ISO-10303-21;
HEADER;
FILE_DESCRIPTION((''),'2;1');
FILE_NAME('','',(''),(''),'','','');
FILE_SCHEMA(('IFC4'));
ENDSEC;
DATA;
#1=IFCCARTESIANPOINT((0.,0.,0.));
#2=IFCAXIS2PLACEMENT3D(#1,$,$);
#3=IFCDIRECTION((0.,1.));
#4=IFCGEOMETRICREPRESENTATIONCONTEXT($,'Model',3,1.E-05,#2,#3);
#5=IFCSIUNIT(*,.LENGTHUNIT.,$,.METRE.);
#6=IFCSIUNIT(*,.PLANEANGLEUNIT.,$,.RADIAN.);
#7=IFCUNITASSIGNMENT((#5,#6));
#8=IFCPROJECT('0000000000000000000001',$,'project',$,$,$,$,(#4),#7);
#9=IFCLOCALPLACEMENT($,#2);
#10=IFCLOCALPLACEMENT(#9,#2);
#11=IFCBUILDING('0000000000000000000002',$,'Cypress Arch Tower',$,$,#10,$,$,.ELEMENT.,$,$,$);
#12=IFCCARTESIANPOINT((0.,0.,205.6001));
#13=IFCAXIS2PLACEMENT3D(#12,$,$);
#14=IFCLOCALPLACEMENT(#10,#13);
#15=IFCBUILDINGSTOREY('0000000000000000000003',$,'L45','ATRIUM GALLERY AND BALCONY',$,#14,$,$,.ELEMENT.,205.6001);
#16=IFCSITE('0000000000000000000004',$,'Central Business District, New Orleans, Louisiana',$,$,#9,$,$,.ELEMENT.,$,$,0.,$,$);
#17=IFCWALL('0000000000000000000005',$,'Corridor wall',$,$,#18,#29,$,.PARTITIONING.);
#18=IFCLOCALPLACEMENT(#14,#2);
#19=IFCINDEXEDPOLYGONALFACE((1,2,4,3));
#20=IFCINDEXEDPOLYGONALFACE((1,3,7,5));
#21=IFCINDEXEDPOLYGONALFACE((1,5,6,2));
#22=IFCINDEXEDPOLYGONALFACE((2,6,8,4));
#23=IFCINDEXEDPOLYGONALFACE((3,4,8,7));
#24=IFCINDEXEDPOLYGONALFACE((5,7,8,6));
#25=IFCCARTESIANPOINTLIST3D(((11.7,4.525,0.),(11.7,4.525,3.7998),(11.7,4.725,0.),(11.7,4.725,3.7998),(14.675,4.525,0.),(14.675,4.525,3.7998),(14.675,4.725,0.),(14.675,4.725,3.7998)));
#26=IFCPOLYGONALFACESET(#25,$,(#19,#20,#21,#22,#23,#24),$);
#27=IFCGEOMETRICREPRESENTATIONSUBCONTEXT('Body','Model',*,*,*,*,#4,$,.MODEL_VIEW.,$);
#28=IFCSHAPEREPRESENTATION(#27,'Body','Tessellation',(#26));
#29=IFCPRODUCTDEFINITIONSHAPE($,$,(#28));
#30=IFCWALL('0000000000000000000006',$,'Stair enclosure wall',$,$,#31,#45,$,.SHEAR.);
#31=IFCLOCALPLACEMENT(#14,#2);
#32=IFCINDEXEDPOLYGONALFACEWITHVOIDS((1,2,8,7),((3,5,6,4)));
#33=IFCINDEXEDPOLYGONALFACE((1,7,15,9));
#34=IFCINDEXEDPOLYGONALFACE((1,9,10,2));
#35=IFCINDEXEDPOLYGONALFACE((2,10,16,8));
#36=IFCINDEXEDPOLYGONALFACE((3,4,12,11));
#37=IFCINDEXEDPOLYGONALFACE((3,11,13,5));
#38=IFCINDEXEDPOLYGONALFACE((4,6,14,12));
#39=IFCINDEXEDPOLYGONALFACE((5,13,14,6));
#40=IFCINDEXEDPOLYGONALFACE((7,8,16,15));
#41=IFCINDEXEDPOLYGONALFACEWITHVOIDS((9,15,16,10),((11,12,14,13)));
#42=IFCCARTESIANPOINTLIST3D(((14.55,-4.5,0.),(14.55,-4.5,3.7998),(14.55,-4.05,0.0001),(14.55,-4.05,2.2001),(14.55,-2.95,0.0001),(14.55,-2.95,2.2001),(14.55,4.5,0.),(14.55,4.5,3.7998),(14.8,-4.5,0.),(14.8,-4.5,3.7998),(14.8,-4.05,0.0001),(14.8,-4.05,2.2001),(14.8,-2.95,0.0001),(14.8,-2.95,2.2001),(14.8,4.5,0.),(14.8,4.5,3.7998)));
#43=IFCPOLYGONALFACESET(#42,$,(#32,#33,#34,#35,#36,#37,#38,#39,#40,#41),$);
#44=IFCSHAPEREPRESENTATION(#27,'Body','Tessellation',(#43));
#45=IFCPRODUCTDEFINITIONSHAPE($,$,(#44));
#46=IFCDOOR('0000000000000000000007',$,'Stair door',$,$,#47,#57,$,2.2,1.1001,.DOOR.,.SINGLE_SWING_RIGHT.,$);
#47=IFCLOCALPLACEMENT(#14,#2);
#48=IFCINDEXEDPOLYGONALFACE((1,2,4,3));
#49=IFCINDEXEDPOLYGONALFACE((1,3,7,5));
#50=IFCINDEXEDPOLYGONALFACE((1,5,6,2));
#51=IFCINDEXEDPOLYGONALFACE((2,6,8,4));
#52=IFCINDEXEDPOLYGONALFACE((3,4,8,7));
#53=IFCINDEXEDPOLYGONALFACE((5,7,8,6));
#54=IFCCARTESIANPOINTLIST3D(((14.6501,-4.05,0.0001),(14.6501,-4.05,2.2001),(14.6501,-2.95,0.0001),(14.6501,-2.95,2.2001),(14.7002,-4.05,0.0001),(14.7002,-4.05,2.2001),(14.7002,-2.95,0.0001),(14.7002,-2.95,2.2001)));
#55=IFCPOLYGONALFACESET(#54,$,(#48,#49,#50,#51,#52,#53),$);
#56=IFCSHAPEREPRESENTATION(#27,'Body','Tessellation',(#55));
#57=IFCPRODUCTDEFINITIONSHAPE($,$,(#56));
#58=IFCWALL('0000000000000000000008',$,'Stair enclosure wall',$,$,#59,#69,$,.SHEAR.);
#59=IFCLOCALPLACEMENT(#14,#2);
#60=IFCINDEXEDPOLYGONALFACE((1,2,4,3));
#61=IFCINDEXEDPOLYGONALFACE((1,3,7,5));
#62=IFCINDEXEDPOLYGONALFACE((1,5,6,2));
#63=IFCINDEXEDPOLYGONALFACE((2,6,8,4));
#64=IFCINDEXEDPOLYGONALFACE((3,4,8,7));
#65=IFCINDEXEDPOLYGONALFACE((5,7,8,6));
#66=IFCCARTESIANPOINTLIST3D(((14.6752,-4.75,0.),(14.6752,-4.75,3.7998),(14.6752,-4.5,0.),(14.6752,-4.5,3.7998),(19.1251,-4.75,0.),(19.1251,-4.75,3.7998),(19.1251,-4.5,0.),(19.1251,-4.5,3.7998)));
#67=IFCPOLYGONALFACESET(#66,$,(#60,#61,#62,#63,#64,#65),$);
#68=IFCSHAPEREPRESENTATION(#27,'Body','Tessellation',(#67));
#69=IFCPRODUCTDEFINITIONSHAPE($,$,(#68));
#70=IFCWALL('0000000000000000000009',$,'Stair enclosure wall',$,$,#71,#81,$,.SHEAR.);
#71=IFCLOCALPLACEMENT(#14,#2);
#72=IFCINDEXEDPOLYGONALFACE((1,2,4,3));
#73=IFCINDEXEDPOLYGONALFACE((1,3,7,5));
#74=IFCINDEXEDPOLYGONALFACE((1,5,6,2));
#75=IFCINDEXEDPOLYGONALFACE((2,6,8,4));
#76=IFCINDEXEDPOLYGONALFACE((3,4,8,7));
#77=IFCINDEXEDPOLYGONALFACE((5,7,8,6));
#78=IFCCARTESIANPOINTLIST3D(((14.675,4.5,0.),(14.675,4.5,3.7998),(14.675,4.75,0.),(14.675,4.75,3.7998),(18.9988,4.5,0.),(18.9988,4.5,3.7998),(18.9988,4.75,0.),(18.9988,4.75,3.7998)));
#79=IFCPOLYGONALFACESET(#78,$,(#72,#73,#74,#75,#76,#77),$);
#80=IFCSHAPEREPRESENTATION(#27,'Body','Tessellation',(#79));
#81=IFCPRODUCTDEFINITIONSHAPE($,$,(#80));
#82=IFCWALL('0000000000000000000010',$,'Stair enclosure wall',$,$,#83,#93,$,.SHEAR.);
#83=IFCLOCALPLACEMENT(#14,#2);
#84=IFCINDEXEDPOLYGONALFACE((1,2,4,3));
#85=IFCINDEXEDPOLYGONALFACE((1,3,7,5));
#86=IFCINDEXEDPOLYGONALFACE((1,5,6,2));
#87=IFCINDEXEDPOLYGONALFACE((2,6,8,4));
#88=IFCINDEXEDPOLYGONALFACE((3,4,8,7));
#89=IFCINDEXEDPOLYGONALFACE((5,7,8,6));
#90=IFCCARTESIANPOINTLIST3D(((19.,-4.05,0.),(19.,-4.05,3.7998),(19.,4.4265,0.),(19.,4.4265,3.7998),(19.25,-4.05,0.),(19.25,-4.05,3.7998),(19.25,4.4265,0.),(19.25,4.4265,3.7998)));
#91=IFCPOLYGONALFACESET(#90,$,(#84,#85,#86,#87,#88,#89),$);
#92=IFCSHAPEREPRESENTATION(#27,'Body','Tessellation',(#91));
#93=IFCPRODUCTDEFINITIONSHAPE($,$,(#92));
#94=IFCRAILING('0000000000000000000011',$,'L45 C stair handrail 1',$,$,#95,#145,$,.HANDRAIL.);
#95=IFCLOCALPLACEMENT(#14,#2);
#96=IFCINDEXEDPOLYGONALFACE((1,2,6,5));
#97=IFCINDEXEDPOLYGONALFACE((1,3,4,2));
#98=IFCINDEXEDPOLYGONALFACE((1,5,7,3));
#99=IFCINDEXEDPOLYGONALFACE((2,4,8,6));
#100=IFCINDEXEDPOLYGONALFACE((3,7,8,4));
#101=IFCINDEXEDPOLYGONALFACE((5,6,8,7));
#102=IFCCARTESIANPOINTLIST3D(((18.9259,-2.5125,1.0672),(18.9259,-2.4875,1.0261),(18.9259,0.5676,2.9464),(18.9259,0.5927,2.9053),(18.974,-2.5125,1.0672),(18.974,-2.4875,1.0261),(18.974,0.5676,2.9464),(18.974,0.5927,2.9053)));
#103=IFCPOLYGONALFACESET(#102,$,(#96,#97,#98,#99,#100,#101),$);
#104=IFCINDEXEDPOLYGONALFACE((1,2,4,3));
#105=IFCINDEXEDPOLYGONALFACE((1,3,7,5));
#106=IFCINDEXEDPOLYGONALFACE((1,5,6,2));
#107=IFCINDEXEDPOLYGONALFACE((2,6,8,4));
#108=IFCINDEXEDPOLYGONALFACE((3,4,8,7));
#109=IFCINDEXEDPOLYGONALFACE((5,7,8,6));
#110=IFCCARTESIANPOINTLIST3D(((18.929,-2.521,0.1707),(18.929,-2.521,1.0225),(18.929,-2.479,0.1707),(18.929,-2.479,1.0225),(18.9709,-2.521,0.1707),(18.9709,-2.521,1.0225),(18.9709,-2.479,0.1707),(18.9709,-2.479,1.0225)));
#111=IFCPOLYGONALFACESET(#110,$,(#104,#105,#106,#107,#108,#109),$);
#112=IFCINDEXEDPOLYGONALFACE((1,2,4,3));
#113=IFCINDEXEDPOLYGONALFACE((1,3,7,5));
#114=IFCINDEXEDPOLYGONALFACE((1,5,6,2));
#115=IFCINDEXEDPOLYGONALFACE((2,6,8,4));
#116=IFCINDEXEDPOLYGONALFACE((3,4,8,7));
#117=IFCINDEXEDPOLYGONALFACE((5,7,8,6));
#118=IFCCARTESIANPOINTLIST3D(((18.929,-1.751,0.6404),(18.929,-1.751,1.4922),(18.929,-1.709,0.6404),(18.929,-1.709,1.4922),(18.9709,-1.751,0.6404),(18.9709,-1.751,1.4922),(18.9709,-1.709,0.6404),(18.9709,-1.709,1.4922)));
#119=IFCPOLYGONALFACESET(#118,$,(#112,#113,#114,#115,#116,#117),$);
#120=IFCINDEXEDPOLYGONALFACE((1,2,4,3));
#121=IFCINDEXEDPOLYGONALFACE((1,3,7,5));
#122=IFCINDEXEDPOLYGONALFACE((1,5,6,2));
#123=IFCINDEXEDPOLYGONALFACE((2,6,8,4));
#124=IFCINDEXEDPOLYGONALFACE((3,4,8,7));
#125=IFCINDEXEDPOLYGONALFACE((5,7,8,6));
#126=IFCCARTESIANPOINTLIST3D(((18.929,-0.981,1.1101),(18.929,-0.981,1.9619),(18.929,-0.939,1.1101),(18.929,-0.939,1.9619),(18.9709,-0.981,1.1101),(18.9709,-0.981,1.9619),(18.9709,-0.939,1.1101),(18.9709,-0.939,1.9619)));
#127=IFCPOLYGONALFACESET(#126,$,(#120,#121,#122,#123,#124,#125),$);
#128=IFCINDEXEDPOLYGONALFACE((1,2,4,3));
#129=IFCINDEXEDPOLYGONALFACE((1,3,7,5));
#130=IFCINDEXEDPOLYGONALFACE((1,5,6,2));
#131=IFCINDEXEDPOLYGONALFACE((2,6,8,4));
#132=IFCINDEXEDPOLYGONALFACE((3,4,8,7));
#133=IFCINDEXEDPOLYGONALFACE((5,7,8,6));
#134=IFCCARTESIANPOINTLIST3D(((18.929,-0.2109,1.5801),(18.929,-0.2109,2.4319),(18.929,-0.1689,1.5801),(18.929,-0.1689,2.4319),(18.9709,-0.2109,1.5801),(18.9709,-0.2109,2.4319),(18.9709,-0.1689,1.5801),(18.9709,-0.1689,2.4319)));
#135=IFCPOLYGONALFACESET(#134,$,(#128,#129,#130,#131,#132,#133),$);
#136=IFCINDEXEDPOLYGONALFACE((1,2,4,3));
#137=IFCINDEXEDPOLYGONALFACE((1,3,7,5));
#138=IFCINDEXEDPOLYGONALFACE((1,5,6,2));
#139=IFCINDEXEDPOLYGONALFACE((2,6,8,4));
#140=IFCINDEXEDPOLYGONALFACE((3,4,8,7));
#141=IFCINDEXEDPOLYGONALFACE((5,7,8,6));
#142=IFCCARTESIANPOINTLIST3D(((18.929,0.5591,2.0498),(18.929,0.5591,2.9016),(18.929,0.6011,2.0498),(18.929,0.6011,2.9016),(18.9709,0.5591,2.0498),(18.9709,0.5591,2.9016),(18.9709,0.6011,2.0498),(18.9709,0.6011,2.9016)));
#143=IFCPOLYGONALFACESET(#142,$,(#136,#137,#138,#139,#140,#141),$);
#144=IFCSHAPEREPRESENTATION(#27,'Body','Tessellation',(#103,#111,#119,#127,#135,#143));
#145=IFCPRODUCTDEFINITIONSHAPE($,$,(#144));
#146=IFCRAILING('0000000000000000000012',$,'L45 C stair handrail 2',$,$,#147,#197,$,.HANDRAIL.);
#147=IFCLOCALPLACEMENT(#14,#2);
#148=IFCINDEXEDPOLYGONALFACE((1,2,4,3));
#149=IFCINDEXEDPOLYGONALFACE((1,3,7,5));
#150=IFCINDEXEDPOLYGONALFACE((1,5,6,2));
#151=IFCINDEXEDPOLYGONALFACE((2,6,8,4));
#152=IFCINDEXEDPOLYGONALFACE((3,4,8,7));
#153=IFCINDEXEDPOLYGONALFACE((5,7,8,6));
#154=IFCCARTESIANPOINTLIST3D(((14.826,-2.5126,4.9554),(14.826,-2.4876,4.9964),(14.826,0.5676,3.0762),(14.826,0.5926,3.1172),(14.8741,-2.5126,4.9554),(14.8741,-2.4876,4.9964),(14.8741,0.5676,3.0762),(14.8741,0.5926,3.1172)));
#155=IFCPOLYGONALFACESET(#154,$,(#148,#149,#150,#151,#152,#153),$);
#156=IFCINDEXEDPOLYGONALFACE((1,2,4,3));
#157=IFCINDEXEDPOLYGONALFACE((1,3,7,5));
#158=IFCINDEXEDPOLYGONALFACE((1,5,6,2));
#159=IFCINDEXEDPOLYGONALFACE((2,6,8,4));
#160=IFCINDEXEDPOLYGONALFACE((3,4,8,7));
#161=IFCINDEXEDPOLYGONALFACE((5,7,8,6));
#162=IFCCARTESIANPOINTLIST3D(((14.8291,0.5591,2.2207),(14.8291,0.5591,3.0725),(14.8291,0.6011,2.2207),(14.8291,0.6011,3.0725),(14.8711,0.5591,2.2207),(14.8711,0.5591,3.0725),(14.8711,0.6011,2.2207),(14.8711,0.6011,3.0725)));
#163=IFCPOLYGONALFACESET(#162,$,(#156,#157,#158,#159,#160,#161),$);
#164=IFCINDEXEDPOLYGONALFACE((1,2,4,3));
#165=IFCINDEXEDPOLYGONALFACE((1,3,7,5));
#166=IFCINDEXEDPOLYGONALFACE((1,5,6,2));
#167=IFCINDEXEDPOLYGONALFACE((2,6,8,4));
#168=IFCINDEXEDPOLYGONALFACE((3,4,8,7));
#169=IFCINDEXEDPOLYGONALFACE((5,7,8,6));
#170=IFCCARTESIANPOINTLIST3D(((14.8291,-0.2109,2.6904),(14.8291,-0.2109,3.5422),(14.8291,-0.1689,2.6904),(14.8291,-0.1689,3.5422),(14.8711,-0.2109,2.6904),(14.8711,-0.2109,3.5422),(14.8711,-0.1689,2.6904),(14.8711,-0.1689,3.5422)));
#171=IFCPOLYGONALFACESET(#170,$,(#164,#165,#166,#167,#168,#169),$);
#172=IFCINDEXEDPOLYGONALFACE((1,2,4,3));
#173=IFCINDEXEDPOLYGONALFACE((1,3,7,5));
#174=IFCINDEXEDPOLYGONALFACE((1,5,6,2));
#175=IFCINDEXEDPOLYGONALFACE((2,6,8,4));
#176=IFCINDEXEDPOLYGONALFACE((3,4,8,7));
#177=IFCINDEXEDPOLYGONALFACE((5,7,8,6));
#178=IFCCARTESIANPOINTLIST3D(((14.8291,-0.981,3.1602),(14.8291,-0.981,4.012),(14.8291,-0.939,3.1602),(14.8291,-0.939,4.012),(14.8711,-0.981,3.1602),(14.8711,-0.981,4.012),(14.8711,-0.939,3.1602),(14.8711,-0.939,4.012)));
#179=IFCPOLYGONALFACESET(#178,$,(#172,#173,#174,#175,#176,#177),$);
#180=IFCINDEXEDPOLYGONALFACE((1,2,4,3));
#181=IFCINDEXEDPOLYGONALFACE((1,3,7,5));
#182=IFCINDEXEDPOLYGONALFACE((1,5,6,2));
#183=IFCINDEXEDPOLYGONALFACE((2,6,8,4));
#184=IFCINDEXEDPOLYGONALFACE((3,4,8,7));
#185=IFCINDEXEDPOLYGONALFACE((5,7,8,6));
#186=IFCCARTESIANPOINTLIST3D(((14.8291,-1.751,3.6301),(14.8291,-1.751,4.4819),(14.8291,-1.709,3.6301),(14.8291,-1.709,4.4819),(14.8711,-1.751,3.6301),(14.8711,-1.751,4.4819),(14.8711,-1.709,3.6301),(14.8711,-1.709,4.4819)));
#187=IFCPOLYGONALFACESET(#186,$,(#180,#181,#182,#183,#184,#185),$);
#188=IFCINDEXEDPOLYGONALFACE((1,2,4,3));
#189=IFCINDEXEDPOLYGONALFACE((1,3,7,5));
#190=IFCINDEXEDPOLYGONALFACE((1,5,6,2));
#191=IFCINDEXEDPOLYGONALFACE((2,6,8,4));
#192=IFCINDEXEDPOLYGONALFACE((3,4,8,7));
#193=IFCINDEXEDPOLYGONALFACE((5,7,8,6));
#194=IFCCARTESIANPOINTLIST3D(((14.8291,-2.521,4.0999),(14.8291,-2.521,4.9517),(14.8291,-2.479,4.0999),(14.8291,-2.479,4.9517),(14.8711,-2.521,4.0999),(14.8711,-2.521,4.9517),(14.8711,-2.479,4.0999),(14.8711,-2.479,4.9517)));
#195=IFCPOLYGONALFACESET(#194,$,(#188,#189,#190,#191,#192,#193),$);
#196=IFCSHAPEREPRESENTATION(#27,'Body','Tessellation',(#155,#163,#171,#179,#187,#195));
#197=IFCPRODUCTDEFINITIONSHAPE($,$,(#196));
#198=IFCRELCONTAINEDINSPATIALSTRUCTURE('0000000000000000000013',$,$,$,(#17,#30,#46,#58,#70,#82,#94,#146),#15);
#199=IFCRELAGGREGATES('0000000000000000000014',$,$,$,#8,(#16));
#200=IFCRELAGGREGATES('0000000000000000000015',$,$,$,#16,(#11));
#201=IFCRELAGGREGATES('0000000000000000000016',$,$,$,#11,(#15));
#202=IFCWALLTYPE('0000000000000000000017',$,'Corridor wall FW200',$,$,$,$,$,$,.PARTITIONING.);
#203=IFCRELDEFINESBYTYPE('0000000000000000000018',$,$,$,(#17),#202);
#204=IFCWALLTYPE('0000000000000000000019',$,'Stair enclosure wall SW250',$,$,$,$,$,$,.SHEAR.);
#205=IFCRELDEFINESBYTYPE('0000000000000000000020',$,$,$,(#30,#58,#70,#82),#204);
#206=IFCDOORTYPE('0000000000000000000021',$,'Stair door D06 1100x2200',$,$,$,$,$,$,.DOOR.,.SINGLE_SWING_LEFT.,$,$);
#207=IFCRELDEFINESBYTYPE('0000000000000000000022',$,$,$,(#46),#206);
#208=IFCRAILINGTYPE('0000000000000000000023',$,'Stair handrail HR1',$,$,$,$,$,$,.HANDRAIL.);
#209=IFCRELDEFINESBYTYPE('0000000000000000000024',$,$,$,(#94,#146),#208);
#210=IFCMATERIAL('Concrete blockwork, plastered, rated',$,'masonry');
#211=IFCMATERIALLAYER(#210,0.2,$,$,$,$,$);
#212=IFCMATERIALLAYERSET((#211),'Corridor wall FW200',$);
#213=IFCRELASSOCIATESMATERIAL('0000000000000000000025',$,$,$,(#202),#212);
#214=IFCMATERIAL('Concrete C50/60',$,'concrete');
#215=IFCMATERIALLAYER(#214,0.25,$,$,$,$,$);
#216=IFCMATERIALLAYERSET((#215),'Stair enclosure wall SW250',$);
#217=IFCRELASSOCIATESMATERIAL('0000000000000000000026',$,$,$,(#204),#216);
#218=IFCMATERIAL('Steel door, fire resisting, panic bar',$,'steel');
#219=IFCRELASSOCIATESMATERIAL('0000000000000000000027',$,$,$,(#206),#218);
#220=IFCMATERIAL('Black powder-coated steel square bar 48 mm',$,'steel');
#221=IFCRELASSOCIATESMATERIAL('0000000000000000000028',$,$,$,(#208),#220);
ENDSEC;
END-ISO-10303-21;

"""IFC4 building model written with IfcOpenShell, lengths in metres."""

from ifc_helpers import new_model, si_unit, direction, frame, frame_2d, origin, origin_2d, place, context, subcontext, project, spatial, rectangle, extrude, material, layer, layer_set, type_object, element, fill, save


model = new_model("IFC4")

# Units and contexts
model_context = context("Model", 3, precision=1e-05, world=origin(), true_north=direction((0.0, 1.0)))
body_context = subcontext(model_context, "Body", "Model", "MODEL_VIEW")
ifc_project = project(units=[si_unit("LENGTHUNIT", "METRE"), si_unit("PLANEANGLEUNIT", "RADIAN")], contexts=[model_context])

# Site, building, storey
site_placement = place(None, origin())
site = spatial("IfcSite", under=ifc_project, at=site_placement, Name="Central Business District, New Orleans, Louisiana", CompositionType="ELEMENT", RefElevation=0.0)
building_placement = place(site_placement, origin())
building = spatial("IfcBuilding", under=site, at=building_placement, Name="Cypress Arch Tower", CompositionType="ELEMENT")
storey_placement = place(building_placement, frame((0.0, 0.0, 205.6001)))
storey = spatial("IfcBuildingStorey", under=building, at=storey_placement, Name="L45", Description="ATRIUM GALLERY AND BALCONY", CompositionType="ELEMENT", Elevation=205.6001)

# Wall
ifc_material_1 = material(Name="Concrete blockwork, plastered, rated", Category="masonry")
ifc_layer_1 = layer(ifc_material_1, 0.2)
ifc_layer_set_1 = layer_set([ifc_layer_1], Name="Corridor wall FW200")
wall_type_1 = type_object("IfcWallType", Name="Corridor wall FW200", PredefinedType="PARTITIONING", material=ifc_layer_set_1)
wall_1_placement = place(storey_placement, frame((11.7, 4.625, 0.0), z_axis=(0.0, 0.0, 1.0), x_axis=(1.0, 0.0, 0.0)))
element("IfcWall", 1, at=wall_1_placement, inside=storey, type_object=wall_type_1, Name="Corridor wall", PredefinedType="PARTITIONING", context=body_context, shape_type="SweptSolid", body=[
    extrude(rectangle(XDim=2.9751, YDim=0.2, at=frame_2d((1.4875, 0.0))), origin(), (0.0, 0.0, 1.0), 3.7998),
])

# Wall, opening, door
ifc_material_2 = material(Name="Concrete C50/60", Category="concrete")
ifc_layer_2 = layer(ifc_material_2, 0.25)
ifc_layer_set_2 = layer_set([ifc_layer_2], Name="Stair enclosure wall SW250")
wall_type_2 = type_object("IfcWallType", Name="Stair enclosure wall SW250", PredefinedType="SHEAR", material=ifc_layer_set_2)
wall_2_placement = place(storey_placement, frame((14.675, -4.5, 0.0), z_axis=(0.0, 0.0, 1.0), x_axis=(0.0, 1.0, 0.0)))
wall_2 = element("IfcWall", 2, at=wall_2_placement, inside=storey, type_object=wall_type_2, Name="Stair enclosure wall", PredefinedType="SHEAR", context=body_context, shape_type="SweptSolid", body=[
    extrude(rectangle(XDim=9.0, YDim=0.25, at=frame_2d((4.5, 0.0))), origin(), (0.0, 0.0, 1.0), 3.7998),
])
opening_1_placement = place(wall_2_placement, frame((0.45, 0.0, 0.0)))
opening_1 = element("IfcOpeningElement", 3, at=opening_1_placement, cuts=wall_2, PredefinedType="OPENING", context=body_context, shape_type="SweptSolid", body=[
    extrude(rectangle(XDim=1.1001, YDim=2.2, at=frame_2d((0.55, 1.1001))), frame((0.0, 0.135, 0.0), z_axis=(0.0, -1.0, 0.0), x_axis=(1.0, 0.0, 0.0)), (0.0, 0.0, 1.0), 0.27),
])
ifc_material_3 = material(Name="Steel door, fire resisting, panic bar", Category="steel")
door_type = type_object("IfcDoorType", Name="Stair door D06 1100x2200", OperationType="SINGLE_SWING_LEFT", PredefinedType="DOOR", material=ifc_material_3)
door_placement = place(opening_1_placement, origin())
door = element("IfcDoor", 4, at=door_placement, inside=storey, type_object=door_type, Name="Stair door", OperationType="SINGLE_SWING_RIGHT", OverallHeight=2.2, OverallWidth=1.1001, PredefinedType="DOOR", context=body_context, shape_type="SweptSolid", body=[
    extrude(rectangle(XDim=1.1001, YDim=2.2, at=frame_2d((0.55, 1.1001))), frame((0.0, 0.0249, 0.0), z_axis=(0.0, -1.0, 0.0), x_axis=(1.0, 0.0, 0.0)), (0.0, 0.0, 1.0), 0.05),
])
fill(opening_1, door)

# Walls
wall_3_placement = place(storey_placement, frame((14.675, -4.625, 0.0), z_axis=(0.0, 0.0, 1.0), x_axis=(1.0, 0.0, 0.0)))
element("IfcWall", 5, at=wall_3_placement, inside=storey, type_object=wall_type_2, Name="Stair enclosure wall", PredefinedType="SHEAR", context=body_context, shape_type="SweptSolid", body=[
    extrude(rectangle(XDim=4.45, YDim=0.25, at=frame_2d((2.2251, 0.0))), origin(), (0.0, 0.0, 1.0), 3.7998),
])
wall_4_placement = place(storey_placement, frame((14.675, 4.625, 0.0), z_axis=(0.0, 0.0, 1.0), x_axis=(1.0, 0.0, 0.0)))
element("IfcWall", 6, at=wall_4_placement, inside=storey, type_object=wall_type_2, Name="Stair enclosure wall", PredefinedType="SHEAR", context=body_context, shape_type="SweptSolid", body=[
    extrude(rectangle(XDim=4.3237, YDim=0.25, at=frame_2d((2.1619, 0.0))), origin(), (0.0, 0.0, 1.0), 3.7998),
])
wall_5_placement = place(storey_placement, frame((19.125, -4.05, 0.0), z_axis=(0.0, 0.0, 1.0), x_axis=(0.0, 1.0, 0.0)))
element("IfcWall", 7, at=wall_5_placement, inside=storey, type_object=wall_type_2, Name="Stair enclosure wall", PredefinedType="SHEAR", context=body_context, shape_type="SweptSolid", body=[
    extrude(rectangle(XDim=8.4766, YDim=0.25, at=frame_2d((4.2383, 0.0))), origin(), (0.0, 0.0, 1.0), 3.7998),
])

# Railings
ifc_material_4 = material(Name="Black powder-coated steel square bar 48 mm", Category="steel")
railing_type_1 = type_object("IfcRailingType", Name="Stair handrail HR1", PredefinedType="HANDRAIL", material=ifc_material_4)
railing_1_placement = place(storey_placement, frame((18.95, -2.5, 0.1707)))
element("IfcRailing", 8, at=railing_1_placement, inside=storey, type_object=railing_type_1, Name="L45 C stair handrail 1", PredefinedType="HANDRAIL", context=body_context, shape_type="SweptSolid", body=[
    extrude(rectangle(XDim=0.0481, YDim=0.0481, at=origin_2d()), frame((0.0, 0.0, 0.876), z_axis=(0.0, 0.853666, 0.52082), x_axis=(-1.0, 0.0, 0.0)), (0.0, 0.0, 1.0), 3.6082),
    extrude(rectangle(XDim=0.042, YDim=0.042, at=origin_2d()), origin(), (0.0, 0.0, 1.0), 0.8518),
    extrude(rectangle(XDim=0.042, YDim=0.042, at=origin_2d()), frame((0.0, 0.77, 0.4697)), (0.0, 0.0, 1.0), 0.8518),
    extrude(rectangle(XDim=0.042, YDim=0.042, at=origin_2d()), frame((0.0, 1.54, 0.9395)), (0.0, 0.0, 1.0), 0.8518),
    extrude(rectangle(XDim=0.042, YDim=0.042, at=origin_2d()), frame((0.0, 2.3101, 1.4094)), (0.0, 0.0, 1.0), 0.8518),
    extrude(rectangle(XDim=0.042, YDim=0.042, at=origin_2d()), frame((0.0, 3.0801, 1.8792)), (0.0, 0.0, 1.0), 0.8518),
])
railing_2_placement = place(storey_placement, frame((14.8501, 0.5801, 2.2207)))
element("IfcRailing", 9, at=railing_2_placement, inside=storey, type_object=railing_type_1, Name="L45 C stair handrail 2", PredefinedType="HANDRAIL", context=body_context, shape_type="SweptSolid", body=[
    extrude(rectangle(XDim=0.0481, YDim=0.0481, at=origin_2d()), frame((0.0, 0.0, 0.876), z_axis=(0.0, -0.853666, 0.52082), x_axis=(1.0, 0.0, 0.0)), (0.0, 0.0, 1.0), 3.6082),
    extrude(rectangle(XDim=0.042, YDim=0.042, at=origin_2d()), origin(), (0.0, 0.0, 1.0), 0.8518),
    extrude(rectangle(XDim=0.042, YDim=0.042, at=origin_2d()), frame((0.0, -0.77, 0.4697)), (0.0, 0.0, 1.0), 0.8518),
    extrude(rectangle(XDim=0.042, YDim=0.042, at=origin_2d()), frame((0.0, -1.54, 0.9395)), (0.0, 0.0, 1.0), 0.8518),
    extrude(rectangle(XDim=0.042, YDim=0.042, at=origin_2d()), frame((0.0, -2.3101, 1.4094)), (0.0, 0.0, 1.0), 0.8518),
    extrude(rectangle(XDim=0.042, YDim=0.042, at=origin_2d()), frame((0.0, -3.0801, 1.8792)), (0.0, 0.0, 1.0), 0.8518),
])

save(model, "model.ifc")
